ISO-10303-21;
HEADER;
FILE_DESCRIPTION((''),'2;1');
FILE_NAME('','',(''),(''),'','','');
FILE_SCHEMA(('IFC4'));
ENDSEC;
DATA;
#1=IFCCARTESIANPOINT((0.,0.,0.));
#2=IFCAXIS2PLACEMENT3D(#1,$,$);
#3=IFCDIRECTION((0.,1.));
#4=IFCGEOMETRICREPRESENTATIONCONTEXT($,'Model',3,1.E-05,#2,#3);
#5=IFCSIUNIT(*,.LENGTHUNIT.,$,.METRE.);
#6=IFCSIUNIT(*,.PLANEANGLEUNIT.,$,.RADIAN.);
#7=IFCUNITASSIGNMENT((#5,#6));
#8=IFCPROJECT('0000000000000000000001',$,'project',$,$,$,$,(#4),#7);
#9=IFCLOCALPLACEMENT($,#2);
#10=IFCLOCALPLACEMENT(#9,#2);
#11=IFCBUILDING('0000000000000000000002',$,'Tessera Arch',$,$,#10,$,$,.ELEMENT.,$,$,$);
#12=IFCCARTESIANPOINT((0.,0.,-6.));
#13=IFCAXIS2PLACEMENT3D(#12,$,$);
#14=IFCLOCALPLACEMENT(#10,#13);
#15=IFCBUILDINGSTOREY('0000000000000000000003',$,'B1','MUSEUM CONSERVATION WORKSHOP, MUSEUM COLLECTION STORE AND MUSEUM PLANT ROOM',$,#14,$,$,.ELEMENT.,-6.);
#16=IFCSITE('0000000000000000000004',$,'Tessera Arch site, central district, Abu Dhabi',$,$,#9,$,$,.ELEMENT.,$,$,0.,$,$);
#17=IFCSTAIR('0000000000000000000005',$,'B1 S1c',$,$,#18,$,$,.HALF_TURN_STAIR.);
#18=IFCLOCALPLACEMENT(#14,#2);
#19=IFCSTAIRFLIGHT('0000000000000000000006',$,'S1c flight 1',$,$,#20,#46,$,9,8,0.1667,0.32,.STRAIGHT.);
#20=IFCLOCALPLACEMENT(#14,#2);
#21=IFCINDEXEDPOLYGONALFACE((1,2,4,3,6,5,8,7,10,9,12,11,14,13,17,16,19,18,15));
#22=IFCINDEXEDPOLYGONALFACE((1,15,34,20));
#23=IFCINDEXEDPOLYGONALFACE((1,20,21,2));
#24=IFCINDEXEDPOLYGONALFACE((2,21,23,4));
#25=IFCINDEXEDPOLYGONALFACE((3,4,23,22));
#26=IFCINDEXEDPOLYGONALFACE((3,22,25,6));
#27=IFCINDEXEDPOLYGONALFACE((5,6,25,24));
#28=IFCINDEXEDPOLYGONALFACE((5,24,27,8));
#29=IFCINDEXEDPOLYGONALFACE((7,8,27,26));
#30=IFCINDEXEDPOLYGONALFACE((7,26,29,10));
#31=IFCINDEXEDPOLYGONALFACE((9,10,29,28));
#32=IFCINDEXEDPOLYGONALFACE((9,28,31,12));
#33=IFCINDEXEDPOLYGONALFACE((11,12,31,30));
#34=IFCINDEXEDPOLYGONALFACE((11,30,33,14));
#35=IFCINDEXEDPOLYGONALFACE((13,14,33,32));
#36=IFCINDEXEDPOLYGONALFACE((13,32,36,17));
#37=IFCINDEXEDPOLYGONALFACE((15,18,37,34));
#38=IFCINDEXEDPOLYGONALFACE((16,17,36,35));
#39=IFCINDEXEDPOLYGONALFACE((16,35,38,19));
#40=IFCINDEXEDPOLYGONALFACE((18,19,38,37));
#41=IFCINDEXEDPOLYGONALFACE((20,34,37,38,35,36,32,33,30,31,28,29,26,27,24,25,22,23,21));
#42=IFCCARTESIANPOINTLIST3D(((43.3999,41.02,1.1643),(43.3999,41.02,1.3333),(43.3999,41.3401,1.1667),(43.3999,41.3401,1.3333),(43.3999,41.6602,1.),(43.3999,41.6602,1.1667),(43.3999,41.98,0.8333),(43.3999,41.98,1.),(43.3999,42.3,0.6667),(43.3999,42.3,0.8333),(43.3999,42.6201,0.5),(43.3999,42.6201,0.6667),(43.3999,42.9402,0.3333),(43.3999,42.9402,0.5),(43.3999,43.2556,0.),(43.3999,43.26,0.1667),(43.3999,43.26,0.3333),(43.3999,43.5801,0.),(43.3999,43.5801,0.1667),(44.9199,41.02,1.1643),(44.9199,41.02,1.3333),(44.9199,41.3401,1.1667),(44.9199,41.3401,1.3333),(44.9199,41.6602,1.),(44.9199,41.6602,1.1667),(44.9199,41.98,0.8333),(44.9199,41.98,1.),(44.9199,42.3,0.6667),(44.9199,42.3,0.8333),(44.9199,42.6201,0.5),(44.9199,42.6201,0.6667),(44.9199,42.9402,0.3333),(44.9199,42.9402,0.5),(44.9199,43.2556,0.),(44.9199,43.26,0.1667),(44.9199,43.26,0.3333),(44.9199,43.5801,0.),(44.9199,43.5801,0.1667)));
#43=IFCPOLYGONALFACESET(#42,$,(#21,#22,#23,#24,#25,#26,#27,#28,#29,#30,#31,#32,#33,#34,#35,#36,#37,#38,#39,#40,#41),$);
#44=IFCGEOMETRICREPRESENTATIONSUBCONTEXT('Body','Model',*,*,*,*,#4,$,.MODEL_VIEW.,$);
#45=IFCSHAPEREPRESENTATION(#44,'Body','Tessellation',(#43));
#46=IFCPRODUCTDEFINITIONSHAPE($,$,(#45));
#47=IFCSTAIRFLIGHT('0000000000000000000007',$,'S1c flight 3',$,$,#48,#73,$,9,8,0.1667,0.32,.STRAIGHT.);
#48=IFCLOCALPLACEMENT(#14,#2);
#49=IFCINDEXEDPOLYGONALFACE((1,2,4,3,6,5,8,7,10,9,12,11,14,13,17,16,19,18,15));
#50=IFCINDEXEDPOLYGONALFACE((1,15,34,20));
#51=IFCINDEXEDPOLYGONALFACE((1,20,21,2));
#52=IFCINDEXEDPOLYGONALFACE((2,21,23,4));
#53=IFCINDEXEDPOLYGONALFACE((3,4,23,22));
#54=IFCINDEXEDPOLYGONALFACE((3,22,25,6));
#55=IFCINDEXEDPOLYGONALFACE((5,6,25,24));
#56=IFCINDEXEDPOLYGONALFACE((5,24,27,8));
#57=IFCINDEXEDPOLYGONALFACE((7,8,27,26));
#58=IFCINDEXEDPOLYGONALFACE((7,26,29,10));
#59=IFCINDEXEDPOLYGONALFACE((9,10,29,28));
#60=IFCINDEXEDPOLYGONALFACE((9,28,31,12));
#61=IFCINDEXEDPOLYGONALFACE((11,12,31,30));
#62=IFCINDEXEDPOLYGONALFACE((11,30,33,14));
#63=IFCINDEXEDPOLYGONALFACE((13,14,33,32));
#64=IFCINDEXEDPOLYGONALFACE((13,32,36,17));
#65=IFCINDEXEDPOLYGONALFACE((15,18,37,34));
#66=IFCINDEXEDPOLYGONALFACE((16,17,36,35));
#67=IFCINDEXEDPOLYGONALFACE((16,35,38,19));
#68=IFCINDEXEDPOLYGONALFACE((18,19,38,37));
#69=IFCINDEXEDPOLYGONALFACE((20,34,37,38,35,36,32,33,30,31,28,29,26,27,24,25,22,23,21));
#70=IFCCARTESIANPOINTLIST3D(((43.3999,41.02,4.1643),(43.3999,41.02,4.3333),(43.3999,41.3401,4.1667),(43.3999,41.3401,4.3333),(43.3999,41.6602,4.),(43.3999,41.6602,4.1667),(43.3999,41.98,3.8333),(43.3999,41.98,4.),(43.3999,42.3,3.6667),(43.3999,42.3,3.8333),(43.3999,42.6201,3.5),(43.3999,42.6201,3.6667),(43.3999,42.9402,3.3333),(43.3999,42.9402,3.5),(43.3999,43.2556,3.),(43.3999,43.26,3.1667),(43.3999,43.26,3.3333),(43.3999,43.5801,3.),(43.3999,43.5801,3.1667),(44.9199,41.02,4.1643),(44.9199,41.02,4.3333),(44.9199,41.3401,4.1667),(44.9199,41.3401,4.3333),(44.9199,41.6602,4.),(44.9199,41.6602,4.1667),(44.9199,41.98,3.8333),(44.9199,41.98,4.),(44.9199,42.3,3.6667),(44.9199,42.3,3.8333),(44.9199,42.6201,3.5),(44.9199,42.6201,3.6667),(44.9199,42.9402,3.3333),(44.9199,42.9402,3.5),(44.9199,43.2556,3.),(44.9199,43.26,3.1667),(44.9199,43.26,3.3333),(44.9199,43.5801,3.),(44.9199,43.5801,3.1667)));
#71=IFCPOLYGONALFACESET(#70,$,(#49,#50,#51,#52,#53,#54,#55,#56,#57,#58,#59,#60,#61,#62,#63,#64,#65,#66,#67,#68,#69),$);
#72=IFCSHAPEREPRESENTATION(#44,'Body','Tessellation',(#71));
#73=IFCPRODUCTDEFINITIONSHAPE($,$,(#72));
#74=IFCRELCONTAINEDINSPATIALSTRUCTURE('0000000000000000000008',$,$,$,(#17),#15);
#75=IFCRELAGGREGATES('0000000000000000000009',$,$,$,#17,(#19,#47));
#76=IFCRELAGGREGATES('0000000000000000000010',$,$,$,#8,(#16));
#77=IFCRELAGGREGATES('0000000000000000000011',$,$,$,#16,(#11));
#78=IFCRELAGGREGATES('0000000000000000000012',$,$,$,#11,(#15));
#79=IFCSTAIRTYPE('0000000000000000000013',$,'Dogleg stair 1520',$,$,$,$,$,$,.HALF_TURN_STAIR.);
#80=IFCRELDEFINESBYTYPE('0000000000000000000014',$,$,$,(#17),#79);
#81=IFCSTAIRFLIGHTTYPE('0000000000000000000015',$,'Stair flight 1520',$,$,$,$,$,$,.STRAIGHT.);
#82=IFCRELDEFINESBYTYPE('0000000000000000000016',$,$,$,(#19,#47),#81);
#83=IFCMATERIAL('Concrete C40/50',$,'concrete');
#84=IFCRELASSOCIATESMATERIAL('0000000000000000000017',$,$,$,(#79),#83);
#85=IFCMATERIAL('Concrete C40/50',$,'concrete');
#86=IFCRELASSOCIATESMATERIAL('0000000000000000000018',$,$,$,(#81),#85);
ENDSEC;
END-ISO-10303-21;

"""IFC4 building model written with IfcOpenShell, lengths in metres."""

from ifc_helpers import new_model, si_unit, direction, frame, origin, place, context, subcontext, project, spatial, polyline, outline, extrude, material, type_object, element, aggregate, save


model = new_model("IFC4")

# Units and contexts
model_context = context("Model", 3, precision=1e-05, world=origin(), true_north=direction((0.0, 1.0)))
body_context = subcontext(model_context, "Body", "Model", "MODEL_VIEW")
ifc_project = project(units=[si_unit("LENGTHUNIT", "METRE"), si_unit("PLANEANGLEUNIT", "RADIAN")], contexts=[model_context])

# Site, building, storey
site_placement = place(None, origin())
site = spatial("IfcSite", under=ifc_project, at=site_placement, Name="Tessera Arch site, central district, Abu Dhabi", CompositionType="ELEMENT", RefElevation=0.0)
building_placement = place(site_placement, origin())
building = spatial("IfcBuilding", under=site, at=building_placement, Name="Tessera Arch", CompositionType="ELEMENT")
storey_placement = place(building_placement, frame((0.0, 0.0, -6.0)))
storey = spatial("IfcBuildingStorey", under=building, at=storey_placement, Name="B1", Description="MUSEUM CONSERVATION WORKSHOP, MUSEUM COLLECTION STORE AND MUSEUM PLANT ROOM", CompositionType="ELEMENT", Elevation=-6.0)

# Stair, stair flights
ifc_material_1 = material(Name="Concrete C40/50", Category="concrete")
stair_type = type_object("IfcStairType", Name="Dogleg stair 1520", PredefinedType="HALF_TURN_STAIR", material=ifc_material_1)
ifc_material_2 = material(Name="Concrete C40/50", Category="concrete")
stair_flight_type = type_object("IfcStairFlightType", Name="Stair flight 1520", PredefinedType="STRAIGHT", material=ifc_material_2)
stair_1_placement = place(storey_placement, origin())
stair_1 = element("IfcStair", 1, at=stair_1_placement, inside=storey, type_object=stair_type, Name="B1 S1c", PredefinedType="HALF_TURN_STAIR")
stair_flight_1_placement = place(storey_placement, frame((44.1599, 43.5801, 0.0), z_axis=(0.0, 0.0, 1.0), x_axis=(0.0, -1.0, 0.0)))
stair_flight_1 = element("IfcStairFlight", 2, at=stair_flight_1_placement, type_object=stair_flight_type, Name="S1c flight 1", NumberOfRisers=9, NumberOfTreads=8, PredefinedType="STRAIGHT", RiserHeight=0.1667, TreadLength=0.32, context=body_context, shape_type="SweptSolid", body=[
    extrude(outline(polyline([(0.0, 0.0), (0.0, 0.1667), (0.3201, 0.1667), (0.3201, 0.3333), (0.6399, 0.3333), (0.6399, 0.5), (0.96, 0.5), (0.96, 0.6667), (1.28, 0.6667), (1.28, 0.8333), (1.6001, 0.8333), (1.6001, 1.0), (1.9199, 1.0), (1.9199, 1.1667), (2.24, 1.1667), (2.24, 1.3333), (2.5601, 1.3333), (2.5601, 1.5), (2.5601, 1.1643), (0.3245, 0.0), (0.0, 0.0)])), frame((0.0, 0.76, 0.0), z_axis=(0.0, -1.0, 0.0), x_axis=(1.0, 0.0, 0.0)), (0.0, 0.0, 1.0), 1.52),
])
stair_flight_2_placement = place(storey_placement, frame((44.1599, 43.5801, 3.0), z_axis=(0.0, 0.0, 1.0), x_axis=(0.0, -1.0, 0.0)))
stair_flight_2 = element("IfcStairFlight", 3, at=stair_flight_2_placement, type_object=stair_flight_type, Name="S1c flight 3", NumberOfRisers=9, NumberOfTreads=8, PredefinedType="STRAIGHT", RiserHeight=0.1667, TreadLength=0.32, context=body_context, shape_type="SweptSolid", body=[
    extrude(outline(polyline([(0.0, 0.0), (0.0, 0.1667), (0.3201, 0.1667), (0.3201, 0.3333), (0.6399, 0.3333), (0.6399, 0.5), (0.96, 0.5), (0.96, 0.6667), (1.28, 0.6667), (1.28, 0.8333), (1.6001, 0.8333), (1.6001, 1.0), (1.9199, 1.0), (1.9199, 1.1667), (2.24, 1.1667), (2.24, 1.3333), (2.5601, 1.3333), (2.5601, 1.5), (2.5601, 1.1643), (0.3245, 0.0), (0.0, 0.0)])), frame((0.0, 0.76, 0.0), z_axis=(0.0, -1.0, 0.0), x_axis=(1.0, 0.0, 0.0)), (0.0, 0.0, 1.0), 1.52),
])
aggregate(stair_1, [stair_flight_1, stair_flight_2])

save(model, "model.ifc")
